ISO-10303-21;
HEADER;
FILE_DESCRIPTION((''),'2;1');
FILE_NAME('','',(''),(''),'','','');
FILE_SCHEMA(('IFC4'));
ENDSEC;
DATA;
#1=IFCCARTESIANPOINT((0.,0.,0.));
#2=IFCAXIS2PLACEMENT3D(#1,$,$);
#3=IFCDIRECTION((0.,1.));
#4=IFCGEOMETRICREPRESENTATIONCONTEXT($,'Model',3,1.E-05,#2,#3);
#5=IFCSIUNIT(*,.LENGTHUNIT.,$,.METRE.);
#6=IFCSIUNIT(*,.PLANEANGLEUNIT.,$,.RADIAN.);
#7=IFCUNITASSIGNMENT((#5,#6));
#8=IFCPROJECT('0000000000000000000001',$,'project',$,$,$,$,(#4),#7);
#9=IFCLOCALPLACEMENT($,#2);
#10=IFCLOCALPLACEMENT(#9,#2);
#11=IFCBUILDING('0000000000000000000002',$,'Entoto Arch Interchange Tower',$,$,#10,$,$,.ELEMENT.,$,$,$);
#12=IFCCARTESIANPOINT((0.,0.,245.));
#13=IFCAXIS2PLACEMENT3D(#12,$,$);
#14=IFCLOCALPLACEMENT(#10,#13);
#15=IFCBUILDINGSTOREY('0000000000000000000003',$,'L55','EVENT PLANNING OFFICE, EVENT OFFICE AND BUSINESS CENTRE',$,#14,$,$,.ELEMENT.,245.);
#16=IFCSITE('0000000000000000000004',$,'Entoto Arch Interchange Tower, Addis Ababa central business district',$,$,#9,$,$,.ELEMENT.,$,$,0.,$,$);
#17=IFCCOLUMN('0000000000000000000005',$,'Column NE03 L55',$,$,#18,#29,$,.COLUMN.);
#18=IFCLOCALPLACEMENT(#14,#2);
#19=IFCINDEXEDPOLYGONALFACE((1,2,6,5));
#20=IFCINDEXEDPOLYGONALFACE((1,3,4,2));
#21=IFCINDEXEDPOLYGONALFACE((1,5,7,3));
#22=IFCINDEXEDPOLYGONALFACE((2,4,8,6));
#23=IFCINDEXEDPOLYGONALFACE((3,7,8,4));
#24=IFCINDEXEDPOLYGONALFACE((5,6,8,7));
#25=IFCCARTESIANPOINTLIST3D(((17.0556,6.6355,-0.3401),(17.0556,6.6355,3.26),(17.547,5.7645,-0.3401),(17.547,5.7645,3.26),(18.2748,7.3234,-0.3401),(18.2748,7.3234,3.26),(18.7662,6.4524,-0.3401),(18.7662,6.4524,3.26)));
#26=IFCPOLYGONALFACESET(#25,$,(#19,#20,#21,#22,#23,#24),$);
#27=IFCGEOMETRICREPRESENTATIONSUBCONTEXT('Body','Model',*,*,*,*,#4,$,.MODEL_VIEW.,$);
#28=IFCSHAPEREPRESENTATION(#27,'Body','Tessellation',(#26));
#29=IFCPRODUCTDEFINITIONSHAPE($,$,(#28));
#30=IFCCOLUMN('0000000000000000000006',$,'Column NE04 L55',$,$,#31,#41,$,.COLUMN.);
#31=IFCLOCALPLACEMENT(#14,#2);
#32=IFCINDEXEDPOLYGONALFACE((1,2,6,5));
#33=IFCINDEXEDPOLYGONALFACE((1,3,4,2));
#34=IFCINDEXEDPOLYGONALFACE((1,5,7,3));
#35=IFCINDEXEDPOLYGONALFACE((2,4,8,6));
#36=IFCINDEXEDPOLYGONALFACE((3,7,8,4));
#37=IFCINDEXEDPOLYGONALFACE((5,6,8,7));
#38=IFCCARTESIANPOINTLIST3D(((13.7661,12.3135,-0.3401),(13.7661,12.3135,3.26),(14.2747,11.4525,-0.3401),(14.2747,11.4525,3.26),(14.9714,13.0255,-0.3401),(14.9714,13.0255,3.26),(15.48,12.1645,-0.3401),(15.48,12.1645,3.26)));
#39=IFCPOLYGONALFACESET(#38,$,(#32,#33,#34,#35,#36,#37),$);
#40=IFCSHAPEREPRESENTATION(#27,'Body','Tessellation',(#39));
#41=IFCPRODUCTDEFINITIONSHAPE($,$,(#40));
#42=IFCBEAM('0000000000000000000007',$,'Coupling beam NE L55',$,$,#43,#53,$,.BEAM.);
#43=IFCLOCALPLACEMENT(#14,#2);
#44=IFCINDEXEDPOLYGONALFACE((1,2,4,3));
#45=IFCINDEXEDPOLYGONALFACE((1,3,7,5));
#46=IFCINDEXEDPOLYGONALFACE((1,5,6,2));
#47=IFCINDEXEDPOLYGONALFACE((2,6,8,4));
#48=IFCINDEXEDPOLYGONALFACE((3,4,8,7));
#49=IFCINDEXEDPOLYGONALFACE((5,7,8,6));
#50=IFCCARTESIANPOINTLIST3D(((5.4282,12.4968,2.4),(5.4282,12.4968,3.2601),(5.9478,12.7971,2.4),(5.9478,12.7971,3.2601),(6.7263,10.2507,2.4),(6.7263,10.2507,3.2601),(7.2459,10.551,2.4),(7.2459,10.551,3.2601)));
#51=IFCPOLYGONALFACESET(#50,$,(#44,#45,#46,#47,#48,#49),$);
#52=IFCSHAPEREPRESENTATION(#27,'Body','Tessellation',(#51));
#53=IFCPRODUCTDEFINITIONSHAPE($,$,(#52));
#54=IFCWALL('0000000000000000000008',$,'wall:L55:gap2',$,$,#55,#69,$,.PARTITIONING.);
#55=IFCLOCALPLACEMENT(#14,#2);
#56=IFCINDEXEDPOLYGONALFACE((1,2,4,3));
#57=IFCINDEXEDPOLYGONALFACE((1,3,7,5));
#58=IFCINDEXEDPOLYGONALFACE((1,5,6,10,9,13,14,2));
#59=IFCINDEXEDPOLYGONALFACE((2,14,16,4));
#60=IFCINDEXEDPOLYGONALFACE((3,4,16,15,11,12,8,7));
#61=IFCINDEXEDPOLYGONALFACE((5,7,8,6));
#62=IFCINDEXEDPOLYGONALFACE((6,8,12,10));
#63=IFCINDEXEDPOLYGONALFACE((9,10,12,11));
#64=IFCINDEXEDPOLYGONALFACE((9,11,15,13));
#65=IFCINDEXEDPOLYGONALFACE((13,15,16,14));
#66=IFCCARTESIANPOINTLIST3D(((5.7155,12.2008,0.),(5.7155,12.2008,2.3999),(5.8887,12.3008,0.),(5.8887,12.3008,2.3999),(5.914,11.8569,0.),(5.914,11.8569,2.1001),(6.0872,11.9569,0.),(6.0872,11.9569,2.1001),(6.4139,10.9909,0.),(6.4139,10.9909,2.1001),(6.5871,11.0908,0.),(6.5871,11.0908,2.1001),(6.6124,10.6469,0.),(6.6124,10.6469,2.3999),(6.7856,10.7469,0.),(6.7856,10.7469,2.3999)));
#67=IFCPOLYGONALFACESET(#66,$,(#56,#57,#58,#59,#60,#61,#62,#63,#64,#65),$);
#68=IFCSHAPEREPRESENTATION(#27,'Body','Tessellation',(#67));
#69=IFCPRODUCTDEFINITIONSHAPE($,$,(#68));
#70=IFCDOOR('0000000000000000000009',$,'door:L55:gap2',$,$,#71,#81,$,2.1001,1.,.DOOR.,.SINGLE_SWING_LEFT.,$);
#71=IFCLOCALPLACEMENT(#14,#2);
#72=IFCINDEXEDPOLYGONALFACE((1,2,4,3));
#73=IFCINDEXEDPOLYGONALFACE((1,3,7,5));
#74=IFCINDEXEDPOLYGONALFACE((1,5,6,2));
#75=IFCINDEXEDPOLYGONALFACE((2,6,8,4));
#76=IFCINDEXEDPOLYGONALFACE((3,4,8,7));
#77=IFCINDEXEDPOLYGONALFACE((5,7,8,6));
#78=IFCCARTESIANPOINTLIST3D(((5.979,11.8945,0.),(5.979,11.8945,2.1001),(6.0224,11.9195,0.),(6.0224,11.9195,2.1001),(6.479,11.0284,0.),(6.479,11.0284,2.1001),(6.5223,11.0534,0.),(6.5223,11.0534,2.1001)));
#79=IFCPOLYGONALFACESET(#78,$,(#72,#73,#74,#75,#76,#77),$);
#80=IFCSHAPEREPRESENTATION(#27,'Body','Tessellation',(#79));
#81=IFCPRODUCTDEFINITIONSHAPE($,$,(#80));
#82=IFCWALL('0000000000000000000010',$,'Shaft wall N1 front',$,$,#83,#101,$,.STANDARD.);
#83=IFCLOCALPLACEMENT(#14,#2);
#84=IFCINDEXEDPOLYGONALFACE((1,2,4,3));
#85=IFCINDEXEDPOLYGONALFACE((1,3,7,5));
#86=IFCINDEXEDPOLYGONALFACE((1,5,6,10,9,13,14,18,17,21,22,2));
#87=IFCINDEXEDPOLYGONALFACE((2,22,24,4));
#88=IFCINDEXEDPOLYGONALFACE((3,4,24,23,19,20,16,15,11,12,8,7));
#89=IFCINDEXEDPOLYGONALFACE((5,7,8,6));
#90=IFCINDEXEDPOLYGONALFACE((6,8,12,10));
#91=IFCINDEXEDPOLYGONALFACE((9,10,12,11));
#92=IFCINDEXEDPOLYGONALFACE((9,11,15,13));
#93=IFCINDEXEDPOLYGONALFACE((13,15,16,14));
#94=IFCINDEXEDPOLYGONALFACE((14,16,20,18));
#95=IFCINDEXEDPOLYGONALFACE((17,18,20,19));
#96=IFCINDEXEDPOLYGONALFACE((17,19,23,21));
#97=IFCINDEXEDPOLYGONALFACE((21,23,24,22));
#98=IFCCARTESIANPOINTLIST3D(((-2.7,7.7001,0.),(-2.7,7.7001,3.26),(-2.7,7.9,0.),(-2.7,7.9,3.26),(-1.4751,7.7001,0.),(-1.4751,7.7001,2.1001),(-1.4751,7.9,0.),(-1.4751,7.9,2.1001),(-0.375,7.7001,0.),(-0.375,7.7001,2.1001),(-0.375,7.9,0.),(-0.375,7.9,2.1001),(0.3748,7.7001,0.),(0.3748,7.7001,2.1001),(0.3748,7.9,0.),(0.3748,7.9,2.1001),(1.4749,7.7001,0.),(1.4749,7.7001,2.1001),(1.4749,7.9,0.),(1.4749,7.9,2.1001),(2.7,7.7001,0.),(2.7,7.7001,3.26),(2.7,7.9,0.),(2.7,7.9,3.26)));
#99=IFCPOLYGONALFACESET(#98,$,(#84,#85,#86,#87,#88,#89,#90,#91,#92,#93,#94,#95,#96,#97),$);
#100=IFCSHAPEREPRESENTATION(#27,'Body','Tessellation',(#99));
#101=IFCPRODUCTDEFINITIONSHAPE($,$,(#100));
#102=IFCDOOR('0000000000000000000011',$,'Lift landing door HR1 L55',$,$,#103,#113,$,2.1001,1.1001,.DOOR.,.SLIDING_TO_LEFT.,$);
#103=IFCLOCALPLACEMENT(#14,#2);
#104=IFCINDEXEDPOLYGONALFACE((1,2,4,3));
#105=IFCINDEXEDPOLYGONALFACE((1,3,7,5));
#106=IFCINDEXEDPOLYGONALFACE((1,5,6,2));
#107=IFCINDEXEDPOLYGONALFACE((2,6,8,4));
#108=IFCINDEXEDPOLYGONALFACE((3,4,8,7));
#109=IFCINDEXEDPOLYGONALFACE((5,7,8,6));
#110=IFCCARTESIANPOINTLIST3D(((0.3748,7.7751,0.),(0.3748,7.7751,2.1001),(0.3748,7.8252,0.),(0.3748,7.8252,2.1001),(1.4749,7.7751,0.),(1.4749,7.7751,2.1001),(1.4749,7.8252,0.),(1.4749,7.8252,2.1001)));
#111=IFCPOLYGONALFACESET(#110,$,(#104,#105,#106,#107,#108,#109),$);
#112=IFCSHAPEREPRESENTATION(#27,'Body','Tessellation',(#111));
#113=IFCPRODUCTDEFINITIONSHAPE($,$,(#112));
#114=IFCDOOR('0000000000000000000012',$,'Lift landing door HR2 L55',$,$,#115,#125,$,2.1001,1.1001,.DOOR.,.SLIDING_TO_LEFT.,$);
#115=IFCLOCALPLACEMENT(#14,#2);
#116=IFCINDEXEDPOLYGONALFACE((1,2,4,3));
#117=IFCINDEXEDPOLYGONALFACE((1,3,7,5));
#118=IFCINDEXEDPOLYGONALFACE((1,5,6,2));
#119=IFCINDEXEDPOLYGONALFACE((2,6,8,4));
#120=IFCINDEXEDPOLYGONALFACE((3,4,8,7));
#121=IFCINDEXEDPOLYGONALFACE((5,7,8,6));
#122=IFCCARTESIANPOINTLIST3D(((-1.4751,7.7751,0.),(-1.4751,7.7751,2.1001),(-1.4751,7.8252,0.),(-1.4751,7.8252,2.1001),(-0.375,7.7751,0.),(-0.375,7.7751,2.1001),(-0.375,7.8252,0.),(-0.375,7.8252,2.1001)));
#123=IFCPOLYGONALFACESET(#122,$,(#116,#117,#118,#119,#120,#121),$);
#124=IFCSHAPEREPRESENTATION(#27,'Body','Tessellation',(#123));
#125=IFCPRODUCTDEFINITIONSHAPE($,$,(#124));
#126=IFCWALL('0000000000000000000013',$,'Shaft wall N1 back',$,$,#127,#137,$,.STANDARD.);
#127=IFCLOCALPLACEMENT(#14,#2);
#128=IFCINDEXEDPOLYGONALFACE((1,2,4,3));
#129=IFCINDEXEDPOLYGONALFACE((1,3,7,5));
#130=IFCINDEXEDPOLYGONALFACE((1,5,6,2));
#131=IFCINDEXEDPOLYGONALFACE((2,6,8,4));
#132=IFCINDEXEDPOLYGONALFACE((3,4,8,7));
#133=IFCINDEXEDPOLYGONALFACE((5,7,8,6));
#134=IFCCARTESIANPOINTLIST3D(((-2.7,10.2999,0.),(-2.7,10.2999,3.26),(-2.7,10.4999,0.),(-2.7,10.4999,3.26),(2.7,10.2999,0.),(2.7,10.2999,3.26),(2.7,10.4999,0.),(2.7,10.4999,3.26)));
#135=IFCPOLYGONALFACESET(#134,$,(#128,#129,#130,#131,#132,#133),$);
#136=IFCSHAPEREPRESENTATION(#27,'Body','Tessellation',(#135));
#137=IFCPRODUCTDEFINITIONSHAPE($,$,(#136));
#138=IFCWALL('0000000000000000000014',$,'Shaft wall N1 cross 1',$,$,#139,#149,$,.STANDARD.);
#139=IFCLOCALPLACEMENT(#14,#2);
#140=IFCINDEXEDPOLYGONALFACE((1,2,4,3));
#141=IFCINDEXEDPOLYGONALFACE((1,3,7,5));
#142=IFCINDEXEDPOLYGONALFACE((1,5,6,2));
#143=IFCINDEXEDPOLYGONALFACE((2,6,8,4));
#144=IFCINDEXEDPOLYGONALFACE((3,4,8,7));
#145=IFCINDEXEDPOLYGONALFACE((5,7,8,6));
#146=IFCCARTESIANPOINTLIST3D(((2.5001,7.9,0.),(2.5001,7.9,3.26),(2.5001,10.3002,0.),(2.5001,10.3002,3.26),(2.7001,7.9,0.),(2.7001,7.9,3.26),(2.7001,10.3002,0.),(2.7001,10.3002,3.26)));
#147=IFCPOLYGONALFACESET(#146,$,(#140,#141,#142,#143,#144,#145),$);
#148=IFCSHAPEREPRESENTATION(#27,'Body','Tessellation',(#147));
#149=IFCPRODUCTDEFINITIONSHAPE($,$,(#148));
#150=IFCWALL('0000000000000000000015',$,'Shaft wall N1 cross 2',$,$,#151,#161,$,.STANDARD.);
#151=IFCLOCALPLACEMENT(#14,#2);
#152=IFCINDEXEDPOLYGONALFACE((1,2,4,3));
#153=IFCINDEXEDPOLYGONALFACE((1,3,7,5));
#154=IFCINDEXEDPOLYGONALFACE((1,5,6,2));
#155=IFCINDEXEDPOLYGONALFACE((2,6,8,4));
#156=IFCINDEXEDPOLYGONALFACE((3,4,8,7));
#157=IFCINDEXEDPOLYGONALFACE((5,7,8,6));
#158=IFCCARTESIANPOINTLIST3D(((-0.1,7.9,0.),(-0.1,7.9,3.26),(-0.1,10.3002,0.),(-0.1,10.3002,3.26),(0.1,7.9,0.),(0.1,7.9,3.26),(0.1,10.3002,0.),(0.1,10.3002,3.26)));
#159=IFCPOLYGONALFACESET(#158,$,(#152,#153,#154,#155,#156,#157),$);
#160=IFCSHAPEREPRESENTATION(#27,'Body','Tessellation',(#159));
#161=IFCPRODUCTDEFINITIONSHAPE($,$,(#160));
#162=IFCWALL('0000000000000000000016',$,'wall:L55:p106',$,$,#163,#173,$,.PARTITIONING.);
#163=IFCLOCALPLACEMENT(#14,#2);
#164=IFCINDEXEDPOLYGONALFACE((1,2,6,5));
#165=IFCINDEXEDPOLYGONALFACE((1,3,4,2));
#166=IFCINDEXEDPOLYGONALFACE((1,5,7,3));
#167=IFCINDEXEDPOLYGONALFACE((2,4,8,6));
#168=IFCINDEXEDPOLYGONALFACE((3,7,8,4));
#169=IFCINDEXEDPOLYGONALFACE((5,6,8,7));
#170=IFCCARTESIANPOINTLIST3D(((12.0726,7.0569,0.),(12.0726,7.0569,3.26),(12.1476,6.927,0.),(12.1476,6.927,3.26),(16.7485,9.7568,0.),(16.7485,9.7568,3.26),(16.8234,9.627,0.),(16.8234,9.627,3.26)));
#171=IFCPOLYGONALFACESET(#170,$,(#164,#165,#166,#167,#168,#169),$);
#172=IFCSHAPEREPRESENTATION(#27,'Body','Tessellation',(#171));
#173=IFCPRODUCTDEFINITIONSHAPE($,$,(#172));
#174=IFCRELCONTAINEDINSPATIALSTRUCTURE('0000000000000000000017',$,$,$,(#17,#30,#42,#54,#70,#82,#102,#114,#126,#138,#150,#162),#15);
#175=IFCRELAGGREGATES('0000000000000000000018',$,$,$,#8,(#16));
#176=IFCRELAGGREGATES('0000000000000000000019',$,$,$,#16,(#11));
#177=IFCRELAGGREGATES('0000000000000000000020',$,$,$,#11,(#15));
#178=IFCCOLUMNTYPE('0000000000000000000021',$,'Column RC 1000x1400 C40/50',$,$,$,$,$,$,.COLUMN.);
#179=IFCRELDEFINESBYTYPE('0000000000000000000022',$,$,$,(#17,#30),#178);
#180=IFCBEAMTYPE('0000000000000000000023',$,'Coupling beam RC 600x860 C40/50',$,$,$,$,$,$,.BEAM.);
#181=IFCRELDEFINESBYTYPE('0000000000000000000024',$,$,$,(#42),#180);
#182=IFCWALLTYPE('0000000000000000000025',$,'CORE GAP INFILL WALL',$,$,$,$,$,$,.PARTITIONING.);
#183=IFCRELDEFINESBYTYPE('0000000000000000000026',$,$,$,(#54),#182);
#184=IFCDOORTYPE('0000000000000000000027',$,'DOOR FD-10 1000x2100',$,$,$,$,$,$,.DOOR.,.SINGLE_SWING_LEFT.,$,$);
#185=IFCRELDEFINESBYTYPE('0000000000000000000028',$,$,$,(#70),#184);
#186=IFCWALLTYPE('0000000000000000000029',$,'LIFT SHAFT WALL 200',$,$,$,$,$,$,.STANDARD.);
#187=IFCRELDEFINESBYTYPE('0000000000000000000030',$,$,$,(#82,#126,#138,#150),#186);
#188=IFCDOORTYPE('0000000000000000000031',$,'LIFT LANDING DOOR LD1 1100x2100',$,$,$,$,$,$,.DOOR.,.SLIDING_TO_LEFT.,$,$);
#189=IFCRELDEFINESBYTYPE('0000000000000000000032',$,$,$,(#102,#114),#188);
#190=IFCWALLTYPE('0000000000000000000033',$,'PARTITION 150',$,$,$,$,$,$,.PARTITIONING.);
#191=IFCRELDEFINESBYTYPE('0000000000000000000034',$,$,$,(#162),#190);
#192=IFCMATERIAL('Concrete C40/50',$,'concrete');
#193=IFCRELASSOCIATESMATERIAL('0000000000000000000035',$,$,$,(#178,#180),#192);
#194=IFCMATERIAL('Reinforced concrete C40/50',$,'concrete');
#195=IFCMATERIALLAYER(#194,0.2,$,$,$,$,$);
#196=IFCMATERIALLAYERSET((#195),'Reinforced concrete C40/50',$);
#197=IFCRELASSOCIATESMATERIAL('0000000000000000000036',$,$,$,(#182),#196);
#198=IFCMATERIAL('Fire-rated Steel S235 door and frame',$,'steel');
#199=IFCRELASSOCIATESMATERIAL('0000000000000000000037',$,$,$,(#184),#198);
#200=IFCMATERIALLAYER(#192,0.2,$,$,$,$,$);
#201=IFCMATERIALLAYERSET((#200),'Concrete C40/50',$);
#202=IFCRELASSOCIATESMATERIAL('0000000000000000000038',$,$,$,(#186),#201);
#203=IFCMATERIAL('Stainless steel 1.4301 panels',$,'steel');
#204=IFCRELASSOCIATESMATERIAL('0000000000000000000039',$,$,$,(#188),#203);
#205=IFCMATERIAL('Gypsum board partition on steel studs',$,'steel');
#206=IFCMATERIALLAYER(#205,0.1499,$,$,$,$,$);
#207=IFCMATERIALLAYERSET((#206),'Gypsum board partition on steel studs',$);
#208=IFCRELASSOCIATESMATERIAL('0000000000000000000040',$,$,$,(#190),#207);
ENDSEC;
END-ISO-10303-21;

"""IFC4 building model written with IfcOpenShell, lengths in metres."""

from ifc_helpers import new_model, si_unit, direction, frame, frame_2d, origin, origin_2d, place, context, subcontext, project, spatial, rectangle, extrude, material, layer, layer_set, material_profile, profile_set, type_object, element, fill, save


model = new_model("IFC4")

# Units and contexts
model_context = context("Model", 3, precision=1e-05, world=origin(), true_north=direction((0.0, 1.0)))
body_context = subcontext(model_context, "Body", "Model", "MODEL_VIEW")
ifc_project = project(units=[si_unit("LENGTHUNIT", "METRE"), si_unit("PLANEANGLEUNIT", "RADIAN")], contexts=[model_context])

# Site, building, storey
site_placement = place(None, origin())
site = spatial("IfcSite", under=ifc_project, at=site_placement, Name="Entoto Arch Interchange Tower, Addis Ababa central business district", CompositionType="ELEMENT", RefElevation=0.0)
building_placement = place(site_placement, origin())
building = spatial("IfcBuilding", under=site, at=building_placement, Name="Entoto Arch Interchange Tower", CompositionType="ELEMENT")
storey_placement = place(building_placement, frame((0.0, 0.0, 245.0)))
storey = spatial("IfcBuildingStorey", under=building, at=storey_placement, Name="L55", Description="EVENT PLANNING OFFICE, EVENT OFFICE AND BUSINESS CENTRE", CompositionType="ELEMENT", Elevation=245.0)

# Columns
ifc_material_1 = material(Name="Concrete C40/50", Category="concrete")
ifc_material_profile_1 = material_profile(ifc_material_1, rectangle(XDim=1.0, YDim=1.3999, at=origin_2d()))
ifc_profile_set_1 = profile_set([ifc_material_profile_1], Name="Concrete C40/50")
column_type = type_object("IfcColumnType", Name="Column RC 1000x1400 C40/50", PredefinedType="COLUMN", material=ifc_profile_set_1)
for number, where, z_axis, x_axis, name in (
    (1, (17.9109, 6.5439, -0.3401), (0.0, 0.0, 1.0), (-0.491375, 0.870948, 0.0), "Column NE03 L55"),
    (2, (14.623, 12.239, -0.3401), (0.0, 0.0, 1.0), (-0.508576, 0.861017, 0.0), "Column NE04 L55"),
):
    element("IfcColumn", number, at=place(storey_placement, frame(where, z_axis=z_axis, x_axis=x_axis)), inside=storey, type_object=column_type, Name=name, PredefinedType="COLUMN", context=body_context, shape_type="SweptSolid", body=[
        extrude(rectangle(XDim=1.0, YDim=1.3999, at=origin_2d()), origin(), (0.0, 0.0, 1.0), 3.6001),
    ])

# Beam
ifc_material_profile_2 = material_profile(ifc_material_1, rectangle(XDim=0.6001, YDim=0.8601, at=origin_2d()))
ifc_profile_set_2 = profile_set([ifc_material_profile_2], Name="Concrete C40/50")
beam_type = type_object("IfcBeamType", Name="Coupling beam RC 600x860 C40/50", PredefinedType="BEAM", material=ifc_profile_set_2)
beam_placement = place(storey_placement, frame((6.9861, 10.4009, 2.8301), z_axis=(-0.50038, 0.865806, 0.0), x_axis=(-0.865806, -0.50038, 0.0)))
element("IfcBeam", 3, at=beam_placement, inside=storey, type_object=beam_type, Name="Coupling beam NE L55", PredefinedType="BEAM", context=body_context, shape_type="SweptSolid", body=[
    extrude(rectangle(XDim=0.6001, YDim=0.8601, at=origin_2d()), origin(), (0.0, 0.0, 1.0), 2.5942),
])

# Wall, opening, door
ifc_material_2 = material(Name="Reinforced concrete C40/50", Category="concrete")
ifc_layer_1 = layer(ifc_material_2, 0.2)
ifc_layer_set_1 = layer_set([ifc_layer_1], Name="Reinforced concrete C40/50")
wall_type_1 = type_object("IfcWallType", Name="CORE GAP INFILL WALL", PredefinedType="PARTITIONING", material=ifc_layer_set_1)
wall_1_placement = place(storey_placement, frame((6.699, 10.697, 0.0), z_axis=(0.0, 0.0, 1.0), x_axis=(-0.499915, 0.866075, 0.0)))
wall_1 = element("IfcWall", 4, at=wall_1_placement, inside=storey, type_object=wall_type_1, Name="wall:L55:gap2", PredefinedType="PARTITIONING", context=body_context, shape_type="SweptSolid", body=[
    extrude(rectangle(XDim=1.7942, YDim=0.2, at=frame_2d((0.897, 0.0))), origin(), (0.0, 0.0, 1.0), 2.3999),
])
opening_1_placement = place(wall_1_placement, frame((0.397, 0.0, 0.0)))
opening_1 = element("IfcOpeningElement", 5, at=opening_1_placement, cuts=wall_1, PredefinedType="OPENING", context=body_context, shape_type="SweptSolid", body=[
    extrude(rectangle(XDim=1.0, YDim=2.1001, at=frame_2d((0.5, 1.05))), frame((0.0, 0.1099, 0.0), z_axis=(0.0, -1.0, 0.0), x_axis=(1.0, 0.0, 0.0)), (0.0, 0.0, 1.0), 0.22),
])
ifc_material_3 = material(Name="Fire-rated Steel S235 door and frame", Category="steel")
door_type_1 = type_object("IfcDoorType", Name="DOOR FD-10 1000x2100", OperationType="SINGLE_SWING_LEFT", PredefinedType="DOOR", material=ifc_material_3)
door_1_placement = place(opening_1_placement, origin())
door_1 = element("IfcDoor", 6, at=door_1_placement, inside=storey, type_object=door_type_1, Name="door:L55:gap2", OperationType="SINGLE_SWING_LEFT", OverallHeight=2.1001, OverallWidth=1.0, PredefinedType="DOOR", context=body_context, shape_type="SweptSolid", body=[
    extrude(rectangle(XDim=1.0, YDim=2.1001, at=frame_2d((0.5, 1.05))), frame((0.0, 0.0249, 0.0), z_axis=(0.0, -1.0, 0.0), x_axis=(1.0, 0.0, 0.0)), (0.0, 0.0, 1.0), 0.05),
])
fill(opening_1, door_1)

# Wall, openings, doors
ifc_layer_2 = layer(ifc_material_1, 0.2)
ifc_layer_set_2 = layer_set([ifc_layer_2], Name="Concrete C40/50")
wall_type_2 = type_object("IfcWallType", Name="LIFT SHAFT WALL 200", PredefinedType="STANDARD", material=ifc_layer_set_2)
wall_2_placement = place(storey_placement, frame((2.7, 7.8, 0.0), z_axis=(0.0, 0.0, 1.0), x_axis=(-1.0, 0.0, 0.0)))
wall_2 = element("IfcWall", 7, at=wall_2_placement, inside=storey, type_object=wall_type_2, Name="Shaft wall N1 front", PredefinedType="STANDARD", context=body_context, shape_type="SweptSolid", body=[
    extrude(rectangle(XDim=5.3999, YDim=0.2, at=frame_2d((2.7, 0.0))), origin(), (0.0, 0.0, 1.0), 3.26),
])
opening_2_placement = place(wall_2_placement, frame((1.2251, 0.0, 0.0)))
opening_2 = element("IfcOpeningElement", 8, at=opening_2_placement, cuts=wall_2, PredefinedType="OPENING", context=body_context, shape_type="SweptSolid", body=[
    extrude(rectangle(XDim=1.1001, YDim=2.1001, at=frame_2d((0.55, 1.05))), frame((0.0, 0.1099, 0.0), z_axis=(0.0, -1.0, 0.0), x_axis=(1.0, 0.0, 0.0)), (0.0, 0.0, 1.0), 0.22),
])
opening_3_placement = place(wall_2_placement, frame((3.075, 0.0, 0.0)))
opening_3 = element("IfcOpeningElement", 9, at=opening_3_placement, cuts=wall_2, PredefinedType="OPENING", context=body_context, shape_type="SweptSolid", body=[
    extrude(rectangle(XDim=1.1001, YDim=2.1001, at=frame_2d((0.55, 1.05))), frame((0.0, 0.1099, 0.0), z_axis=(0.0, -1.0, 0.0), x_axis=(1.0, 0.0, 0.0)), (0.0, 0.0, 1.0), 0.22),
])
ifc_material_4 = material(Name="Stainless steel 1.4301 panels", Category="steel")
door_type_2 = type_object("IfcDoorType", Name="LIFT LANDING DOOR LD1 1100x2100", OperationType="SLIDING_TO_LEFT", PredefinedType="DOOR", material=ifc_material_4)
door_2_placement = place(opening_2_placement, origin())
door_2 = element("IfcDoor", 10, at=door_2_placement, inside=storey, type_object=door_type_2, Name="Lift landing door HR1 L55", OperationType="SLIDING_TO_LEFT", OverallHeight=2.1001, OverallWidth=1.1001, PredefinedType="DOOR", context=body_context, shape_type="SweptSolid", body=[
    extrude(rectangle(XDim=1.1001, YDim=2.1001, at=frame_2d((0.55, 1.05))), frame((0.0, 0.0249, 0.0), z_axis=(0.0, -1.0, 0.0), x_axis=(1.0, 0.0, 0.0)), (0.0, 0.0, 1.0), 0.05),
])
fill(opening_2, door_2)
door_3_placement = place(opening_3_placement, origin())
door_3 = element("IfcDoor", 11, at=door_3_placement, inside=storey, type_object=door_type_2, Name="Lift landing door HR2 L55", OperationType="SLIDING_TO_LEFT", OverallHeight=2.1001, OverallWidth=1.1001, PredefinedType="DOOR", context=body_context, shape_type="SweptSolid", body=[
    extrude(rectangle(XDim=1.1001, YDim=2.1001, at=frame_2d((0.55, 1.05))), frame((0.0, 0.0249, 0.0), z_axis=(0.0, -1.0, 0.0), x_axis=(1.0, 0.0, 0.0)), (0.0, 0.0, 1.0), 0.05),
])
fill(opening_3, door_3)

# Walls
wall_3_placement = place(storey_placement, frame((2.7, 10.3999, 0.0), z_axis=(0.0, 0.0, 1.0), x_axis=(-1.0, 0.0, 0.0)))
element("IfcWall", 12, at=wall_3_placement, inside=storey, type_object=wall_type_2, Name="Shaft wall N1 back", PredefinedType="STANDARD", context=body_context, shape_type="SweptSolid", body=[
    extrude(rectangle(XDim=5.3999, YDim=0.2, at=frame_2d((2.7, 0.0))), origin(), (0.0, 0.0, 1.0), 3.26),
])
for number, where, z_axis, x_axis, name in (
    (13, (2.6001, 7.8999, 0.0), (0.0, 0.0, 1.0), (0.0, 1.0, 0.0), "Shaft wall N1 cross 1"),
    (14, (0.0, 7.8999, 0.0), (0.0, 0.0, 1.0), (0.0, 1.0, 0.0), "Shaft wall N1 cross 2"),
):
    element("IfcWall", number, at=place(storey_placement, frame(where, z_axis=z_axis, x_axis=x_axis)), inside=storey, type_object=wall_type_2, Name=name, PredefinedType="STANDARD", context=body_context, shape_type="SweptSolid", body=[
        extrude(rectangle(XDim=2.4001, YDim=0.2, at=frame_2d((1.2002, 0.0))), origin(), (0.0, 0.0, 1.0), 3.26),
    ])
ifc_material_5 = material(Name="Gypsum board partition on steel studs", Category="steel")
ifc_layer_3 = layer(ifc_material_5, 0.1499)
ifc_layer_set_3 = layer_set([ifc_layer_3], Name="Gypsum board partition on steel studs")
wall_type_3 = type_object("IfcWallType", Name="PARTITION 150", PredefinedType="PARTITIONING", material=ifc_layer_set_3)
wall_4_placement = place(storey_placement, frame((12.1101, 6.9919, 0.0), z_axis=(0.0, 0.0, 1.0), x_axis=(0.865994, 0.500054, 0.0)))
element("IfcWall", 15, at=wall_4_placement, inside=storey, type_object=wall_type_3, Name="wall:L55:p106", PredefinedType="PARTITIONING", context=body_context, shape_type="SweptSolid", body=[
    extrude(rectangle(XDim=5.3994, YDim=0.1499, at=frame_2d((2.6997, 0.0))), origin(), (0.0, 0.0, 1.0), 3.26),
])

save(model, "model.ifc")
